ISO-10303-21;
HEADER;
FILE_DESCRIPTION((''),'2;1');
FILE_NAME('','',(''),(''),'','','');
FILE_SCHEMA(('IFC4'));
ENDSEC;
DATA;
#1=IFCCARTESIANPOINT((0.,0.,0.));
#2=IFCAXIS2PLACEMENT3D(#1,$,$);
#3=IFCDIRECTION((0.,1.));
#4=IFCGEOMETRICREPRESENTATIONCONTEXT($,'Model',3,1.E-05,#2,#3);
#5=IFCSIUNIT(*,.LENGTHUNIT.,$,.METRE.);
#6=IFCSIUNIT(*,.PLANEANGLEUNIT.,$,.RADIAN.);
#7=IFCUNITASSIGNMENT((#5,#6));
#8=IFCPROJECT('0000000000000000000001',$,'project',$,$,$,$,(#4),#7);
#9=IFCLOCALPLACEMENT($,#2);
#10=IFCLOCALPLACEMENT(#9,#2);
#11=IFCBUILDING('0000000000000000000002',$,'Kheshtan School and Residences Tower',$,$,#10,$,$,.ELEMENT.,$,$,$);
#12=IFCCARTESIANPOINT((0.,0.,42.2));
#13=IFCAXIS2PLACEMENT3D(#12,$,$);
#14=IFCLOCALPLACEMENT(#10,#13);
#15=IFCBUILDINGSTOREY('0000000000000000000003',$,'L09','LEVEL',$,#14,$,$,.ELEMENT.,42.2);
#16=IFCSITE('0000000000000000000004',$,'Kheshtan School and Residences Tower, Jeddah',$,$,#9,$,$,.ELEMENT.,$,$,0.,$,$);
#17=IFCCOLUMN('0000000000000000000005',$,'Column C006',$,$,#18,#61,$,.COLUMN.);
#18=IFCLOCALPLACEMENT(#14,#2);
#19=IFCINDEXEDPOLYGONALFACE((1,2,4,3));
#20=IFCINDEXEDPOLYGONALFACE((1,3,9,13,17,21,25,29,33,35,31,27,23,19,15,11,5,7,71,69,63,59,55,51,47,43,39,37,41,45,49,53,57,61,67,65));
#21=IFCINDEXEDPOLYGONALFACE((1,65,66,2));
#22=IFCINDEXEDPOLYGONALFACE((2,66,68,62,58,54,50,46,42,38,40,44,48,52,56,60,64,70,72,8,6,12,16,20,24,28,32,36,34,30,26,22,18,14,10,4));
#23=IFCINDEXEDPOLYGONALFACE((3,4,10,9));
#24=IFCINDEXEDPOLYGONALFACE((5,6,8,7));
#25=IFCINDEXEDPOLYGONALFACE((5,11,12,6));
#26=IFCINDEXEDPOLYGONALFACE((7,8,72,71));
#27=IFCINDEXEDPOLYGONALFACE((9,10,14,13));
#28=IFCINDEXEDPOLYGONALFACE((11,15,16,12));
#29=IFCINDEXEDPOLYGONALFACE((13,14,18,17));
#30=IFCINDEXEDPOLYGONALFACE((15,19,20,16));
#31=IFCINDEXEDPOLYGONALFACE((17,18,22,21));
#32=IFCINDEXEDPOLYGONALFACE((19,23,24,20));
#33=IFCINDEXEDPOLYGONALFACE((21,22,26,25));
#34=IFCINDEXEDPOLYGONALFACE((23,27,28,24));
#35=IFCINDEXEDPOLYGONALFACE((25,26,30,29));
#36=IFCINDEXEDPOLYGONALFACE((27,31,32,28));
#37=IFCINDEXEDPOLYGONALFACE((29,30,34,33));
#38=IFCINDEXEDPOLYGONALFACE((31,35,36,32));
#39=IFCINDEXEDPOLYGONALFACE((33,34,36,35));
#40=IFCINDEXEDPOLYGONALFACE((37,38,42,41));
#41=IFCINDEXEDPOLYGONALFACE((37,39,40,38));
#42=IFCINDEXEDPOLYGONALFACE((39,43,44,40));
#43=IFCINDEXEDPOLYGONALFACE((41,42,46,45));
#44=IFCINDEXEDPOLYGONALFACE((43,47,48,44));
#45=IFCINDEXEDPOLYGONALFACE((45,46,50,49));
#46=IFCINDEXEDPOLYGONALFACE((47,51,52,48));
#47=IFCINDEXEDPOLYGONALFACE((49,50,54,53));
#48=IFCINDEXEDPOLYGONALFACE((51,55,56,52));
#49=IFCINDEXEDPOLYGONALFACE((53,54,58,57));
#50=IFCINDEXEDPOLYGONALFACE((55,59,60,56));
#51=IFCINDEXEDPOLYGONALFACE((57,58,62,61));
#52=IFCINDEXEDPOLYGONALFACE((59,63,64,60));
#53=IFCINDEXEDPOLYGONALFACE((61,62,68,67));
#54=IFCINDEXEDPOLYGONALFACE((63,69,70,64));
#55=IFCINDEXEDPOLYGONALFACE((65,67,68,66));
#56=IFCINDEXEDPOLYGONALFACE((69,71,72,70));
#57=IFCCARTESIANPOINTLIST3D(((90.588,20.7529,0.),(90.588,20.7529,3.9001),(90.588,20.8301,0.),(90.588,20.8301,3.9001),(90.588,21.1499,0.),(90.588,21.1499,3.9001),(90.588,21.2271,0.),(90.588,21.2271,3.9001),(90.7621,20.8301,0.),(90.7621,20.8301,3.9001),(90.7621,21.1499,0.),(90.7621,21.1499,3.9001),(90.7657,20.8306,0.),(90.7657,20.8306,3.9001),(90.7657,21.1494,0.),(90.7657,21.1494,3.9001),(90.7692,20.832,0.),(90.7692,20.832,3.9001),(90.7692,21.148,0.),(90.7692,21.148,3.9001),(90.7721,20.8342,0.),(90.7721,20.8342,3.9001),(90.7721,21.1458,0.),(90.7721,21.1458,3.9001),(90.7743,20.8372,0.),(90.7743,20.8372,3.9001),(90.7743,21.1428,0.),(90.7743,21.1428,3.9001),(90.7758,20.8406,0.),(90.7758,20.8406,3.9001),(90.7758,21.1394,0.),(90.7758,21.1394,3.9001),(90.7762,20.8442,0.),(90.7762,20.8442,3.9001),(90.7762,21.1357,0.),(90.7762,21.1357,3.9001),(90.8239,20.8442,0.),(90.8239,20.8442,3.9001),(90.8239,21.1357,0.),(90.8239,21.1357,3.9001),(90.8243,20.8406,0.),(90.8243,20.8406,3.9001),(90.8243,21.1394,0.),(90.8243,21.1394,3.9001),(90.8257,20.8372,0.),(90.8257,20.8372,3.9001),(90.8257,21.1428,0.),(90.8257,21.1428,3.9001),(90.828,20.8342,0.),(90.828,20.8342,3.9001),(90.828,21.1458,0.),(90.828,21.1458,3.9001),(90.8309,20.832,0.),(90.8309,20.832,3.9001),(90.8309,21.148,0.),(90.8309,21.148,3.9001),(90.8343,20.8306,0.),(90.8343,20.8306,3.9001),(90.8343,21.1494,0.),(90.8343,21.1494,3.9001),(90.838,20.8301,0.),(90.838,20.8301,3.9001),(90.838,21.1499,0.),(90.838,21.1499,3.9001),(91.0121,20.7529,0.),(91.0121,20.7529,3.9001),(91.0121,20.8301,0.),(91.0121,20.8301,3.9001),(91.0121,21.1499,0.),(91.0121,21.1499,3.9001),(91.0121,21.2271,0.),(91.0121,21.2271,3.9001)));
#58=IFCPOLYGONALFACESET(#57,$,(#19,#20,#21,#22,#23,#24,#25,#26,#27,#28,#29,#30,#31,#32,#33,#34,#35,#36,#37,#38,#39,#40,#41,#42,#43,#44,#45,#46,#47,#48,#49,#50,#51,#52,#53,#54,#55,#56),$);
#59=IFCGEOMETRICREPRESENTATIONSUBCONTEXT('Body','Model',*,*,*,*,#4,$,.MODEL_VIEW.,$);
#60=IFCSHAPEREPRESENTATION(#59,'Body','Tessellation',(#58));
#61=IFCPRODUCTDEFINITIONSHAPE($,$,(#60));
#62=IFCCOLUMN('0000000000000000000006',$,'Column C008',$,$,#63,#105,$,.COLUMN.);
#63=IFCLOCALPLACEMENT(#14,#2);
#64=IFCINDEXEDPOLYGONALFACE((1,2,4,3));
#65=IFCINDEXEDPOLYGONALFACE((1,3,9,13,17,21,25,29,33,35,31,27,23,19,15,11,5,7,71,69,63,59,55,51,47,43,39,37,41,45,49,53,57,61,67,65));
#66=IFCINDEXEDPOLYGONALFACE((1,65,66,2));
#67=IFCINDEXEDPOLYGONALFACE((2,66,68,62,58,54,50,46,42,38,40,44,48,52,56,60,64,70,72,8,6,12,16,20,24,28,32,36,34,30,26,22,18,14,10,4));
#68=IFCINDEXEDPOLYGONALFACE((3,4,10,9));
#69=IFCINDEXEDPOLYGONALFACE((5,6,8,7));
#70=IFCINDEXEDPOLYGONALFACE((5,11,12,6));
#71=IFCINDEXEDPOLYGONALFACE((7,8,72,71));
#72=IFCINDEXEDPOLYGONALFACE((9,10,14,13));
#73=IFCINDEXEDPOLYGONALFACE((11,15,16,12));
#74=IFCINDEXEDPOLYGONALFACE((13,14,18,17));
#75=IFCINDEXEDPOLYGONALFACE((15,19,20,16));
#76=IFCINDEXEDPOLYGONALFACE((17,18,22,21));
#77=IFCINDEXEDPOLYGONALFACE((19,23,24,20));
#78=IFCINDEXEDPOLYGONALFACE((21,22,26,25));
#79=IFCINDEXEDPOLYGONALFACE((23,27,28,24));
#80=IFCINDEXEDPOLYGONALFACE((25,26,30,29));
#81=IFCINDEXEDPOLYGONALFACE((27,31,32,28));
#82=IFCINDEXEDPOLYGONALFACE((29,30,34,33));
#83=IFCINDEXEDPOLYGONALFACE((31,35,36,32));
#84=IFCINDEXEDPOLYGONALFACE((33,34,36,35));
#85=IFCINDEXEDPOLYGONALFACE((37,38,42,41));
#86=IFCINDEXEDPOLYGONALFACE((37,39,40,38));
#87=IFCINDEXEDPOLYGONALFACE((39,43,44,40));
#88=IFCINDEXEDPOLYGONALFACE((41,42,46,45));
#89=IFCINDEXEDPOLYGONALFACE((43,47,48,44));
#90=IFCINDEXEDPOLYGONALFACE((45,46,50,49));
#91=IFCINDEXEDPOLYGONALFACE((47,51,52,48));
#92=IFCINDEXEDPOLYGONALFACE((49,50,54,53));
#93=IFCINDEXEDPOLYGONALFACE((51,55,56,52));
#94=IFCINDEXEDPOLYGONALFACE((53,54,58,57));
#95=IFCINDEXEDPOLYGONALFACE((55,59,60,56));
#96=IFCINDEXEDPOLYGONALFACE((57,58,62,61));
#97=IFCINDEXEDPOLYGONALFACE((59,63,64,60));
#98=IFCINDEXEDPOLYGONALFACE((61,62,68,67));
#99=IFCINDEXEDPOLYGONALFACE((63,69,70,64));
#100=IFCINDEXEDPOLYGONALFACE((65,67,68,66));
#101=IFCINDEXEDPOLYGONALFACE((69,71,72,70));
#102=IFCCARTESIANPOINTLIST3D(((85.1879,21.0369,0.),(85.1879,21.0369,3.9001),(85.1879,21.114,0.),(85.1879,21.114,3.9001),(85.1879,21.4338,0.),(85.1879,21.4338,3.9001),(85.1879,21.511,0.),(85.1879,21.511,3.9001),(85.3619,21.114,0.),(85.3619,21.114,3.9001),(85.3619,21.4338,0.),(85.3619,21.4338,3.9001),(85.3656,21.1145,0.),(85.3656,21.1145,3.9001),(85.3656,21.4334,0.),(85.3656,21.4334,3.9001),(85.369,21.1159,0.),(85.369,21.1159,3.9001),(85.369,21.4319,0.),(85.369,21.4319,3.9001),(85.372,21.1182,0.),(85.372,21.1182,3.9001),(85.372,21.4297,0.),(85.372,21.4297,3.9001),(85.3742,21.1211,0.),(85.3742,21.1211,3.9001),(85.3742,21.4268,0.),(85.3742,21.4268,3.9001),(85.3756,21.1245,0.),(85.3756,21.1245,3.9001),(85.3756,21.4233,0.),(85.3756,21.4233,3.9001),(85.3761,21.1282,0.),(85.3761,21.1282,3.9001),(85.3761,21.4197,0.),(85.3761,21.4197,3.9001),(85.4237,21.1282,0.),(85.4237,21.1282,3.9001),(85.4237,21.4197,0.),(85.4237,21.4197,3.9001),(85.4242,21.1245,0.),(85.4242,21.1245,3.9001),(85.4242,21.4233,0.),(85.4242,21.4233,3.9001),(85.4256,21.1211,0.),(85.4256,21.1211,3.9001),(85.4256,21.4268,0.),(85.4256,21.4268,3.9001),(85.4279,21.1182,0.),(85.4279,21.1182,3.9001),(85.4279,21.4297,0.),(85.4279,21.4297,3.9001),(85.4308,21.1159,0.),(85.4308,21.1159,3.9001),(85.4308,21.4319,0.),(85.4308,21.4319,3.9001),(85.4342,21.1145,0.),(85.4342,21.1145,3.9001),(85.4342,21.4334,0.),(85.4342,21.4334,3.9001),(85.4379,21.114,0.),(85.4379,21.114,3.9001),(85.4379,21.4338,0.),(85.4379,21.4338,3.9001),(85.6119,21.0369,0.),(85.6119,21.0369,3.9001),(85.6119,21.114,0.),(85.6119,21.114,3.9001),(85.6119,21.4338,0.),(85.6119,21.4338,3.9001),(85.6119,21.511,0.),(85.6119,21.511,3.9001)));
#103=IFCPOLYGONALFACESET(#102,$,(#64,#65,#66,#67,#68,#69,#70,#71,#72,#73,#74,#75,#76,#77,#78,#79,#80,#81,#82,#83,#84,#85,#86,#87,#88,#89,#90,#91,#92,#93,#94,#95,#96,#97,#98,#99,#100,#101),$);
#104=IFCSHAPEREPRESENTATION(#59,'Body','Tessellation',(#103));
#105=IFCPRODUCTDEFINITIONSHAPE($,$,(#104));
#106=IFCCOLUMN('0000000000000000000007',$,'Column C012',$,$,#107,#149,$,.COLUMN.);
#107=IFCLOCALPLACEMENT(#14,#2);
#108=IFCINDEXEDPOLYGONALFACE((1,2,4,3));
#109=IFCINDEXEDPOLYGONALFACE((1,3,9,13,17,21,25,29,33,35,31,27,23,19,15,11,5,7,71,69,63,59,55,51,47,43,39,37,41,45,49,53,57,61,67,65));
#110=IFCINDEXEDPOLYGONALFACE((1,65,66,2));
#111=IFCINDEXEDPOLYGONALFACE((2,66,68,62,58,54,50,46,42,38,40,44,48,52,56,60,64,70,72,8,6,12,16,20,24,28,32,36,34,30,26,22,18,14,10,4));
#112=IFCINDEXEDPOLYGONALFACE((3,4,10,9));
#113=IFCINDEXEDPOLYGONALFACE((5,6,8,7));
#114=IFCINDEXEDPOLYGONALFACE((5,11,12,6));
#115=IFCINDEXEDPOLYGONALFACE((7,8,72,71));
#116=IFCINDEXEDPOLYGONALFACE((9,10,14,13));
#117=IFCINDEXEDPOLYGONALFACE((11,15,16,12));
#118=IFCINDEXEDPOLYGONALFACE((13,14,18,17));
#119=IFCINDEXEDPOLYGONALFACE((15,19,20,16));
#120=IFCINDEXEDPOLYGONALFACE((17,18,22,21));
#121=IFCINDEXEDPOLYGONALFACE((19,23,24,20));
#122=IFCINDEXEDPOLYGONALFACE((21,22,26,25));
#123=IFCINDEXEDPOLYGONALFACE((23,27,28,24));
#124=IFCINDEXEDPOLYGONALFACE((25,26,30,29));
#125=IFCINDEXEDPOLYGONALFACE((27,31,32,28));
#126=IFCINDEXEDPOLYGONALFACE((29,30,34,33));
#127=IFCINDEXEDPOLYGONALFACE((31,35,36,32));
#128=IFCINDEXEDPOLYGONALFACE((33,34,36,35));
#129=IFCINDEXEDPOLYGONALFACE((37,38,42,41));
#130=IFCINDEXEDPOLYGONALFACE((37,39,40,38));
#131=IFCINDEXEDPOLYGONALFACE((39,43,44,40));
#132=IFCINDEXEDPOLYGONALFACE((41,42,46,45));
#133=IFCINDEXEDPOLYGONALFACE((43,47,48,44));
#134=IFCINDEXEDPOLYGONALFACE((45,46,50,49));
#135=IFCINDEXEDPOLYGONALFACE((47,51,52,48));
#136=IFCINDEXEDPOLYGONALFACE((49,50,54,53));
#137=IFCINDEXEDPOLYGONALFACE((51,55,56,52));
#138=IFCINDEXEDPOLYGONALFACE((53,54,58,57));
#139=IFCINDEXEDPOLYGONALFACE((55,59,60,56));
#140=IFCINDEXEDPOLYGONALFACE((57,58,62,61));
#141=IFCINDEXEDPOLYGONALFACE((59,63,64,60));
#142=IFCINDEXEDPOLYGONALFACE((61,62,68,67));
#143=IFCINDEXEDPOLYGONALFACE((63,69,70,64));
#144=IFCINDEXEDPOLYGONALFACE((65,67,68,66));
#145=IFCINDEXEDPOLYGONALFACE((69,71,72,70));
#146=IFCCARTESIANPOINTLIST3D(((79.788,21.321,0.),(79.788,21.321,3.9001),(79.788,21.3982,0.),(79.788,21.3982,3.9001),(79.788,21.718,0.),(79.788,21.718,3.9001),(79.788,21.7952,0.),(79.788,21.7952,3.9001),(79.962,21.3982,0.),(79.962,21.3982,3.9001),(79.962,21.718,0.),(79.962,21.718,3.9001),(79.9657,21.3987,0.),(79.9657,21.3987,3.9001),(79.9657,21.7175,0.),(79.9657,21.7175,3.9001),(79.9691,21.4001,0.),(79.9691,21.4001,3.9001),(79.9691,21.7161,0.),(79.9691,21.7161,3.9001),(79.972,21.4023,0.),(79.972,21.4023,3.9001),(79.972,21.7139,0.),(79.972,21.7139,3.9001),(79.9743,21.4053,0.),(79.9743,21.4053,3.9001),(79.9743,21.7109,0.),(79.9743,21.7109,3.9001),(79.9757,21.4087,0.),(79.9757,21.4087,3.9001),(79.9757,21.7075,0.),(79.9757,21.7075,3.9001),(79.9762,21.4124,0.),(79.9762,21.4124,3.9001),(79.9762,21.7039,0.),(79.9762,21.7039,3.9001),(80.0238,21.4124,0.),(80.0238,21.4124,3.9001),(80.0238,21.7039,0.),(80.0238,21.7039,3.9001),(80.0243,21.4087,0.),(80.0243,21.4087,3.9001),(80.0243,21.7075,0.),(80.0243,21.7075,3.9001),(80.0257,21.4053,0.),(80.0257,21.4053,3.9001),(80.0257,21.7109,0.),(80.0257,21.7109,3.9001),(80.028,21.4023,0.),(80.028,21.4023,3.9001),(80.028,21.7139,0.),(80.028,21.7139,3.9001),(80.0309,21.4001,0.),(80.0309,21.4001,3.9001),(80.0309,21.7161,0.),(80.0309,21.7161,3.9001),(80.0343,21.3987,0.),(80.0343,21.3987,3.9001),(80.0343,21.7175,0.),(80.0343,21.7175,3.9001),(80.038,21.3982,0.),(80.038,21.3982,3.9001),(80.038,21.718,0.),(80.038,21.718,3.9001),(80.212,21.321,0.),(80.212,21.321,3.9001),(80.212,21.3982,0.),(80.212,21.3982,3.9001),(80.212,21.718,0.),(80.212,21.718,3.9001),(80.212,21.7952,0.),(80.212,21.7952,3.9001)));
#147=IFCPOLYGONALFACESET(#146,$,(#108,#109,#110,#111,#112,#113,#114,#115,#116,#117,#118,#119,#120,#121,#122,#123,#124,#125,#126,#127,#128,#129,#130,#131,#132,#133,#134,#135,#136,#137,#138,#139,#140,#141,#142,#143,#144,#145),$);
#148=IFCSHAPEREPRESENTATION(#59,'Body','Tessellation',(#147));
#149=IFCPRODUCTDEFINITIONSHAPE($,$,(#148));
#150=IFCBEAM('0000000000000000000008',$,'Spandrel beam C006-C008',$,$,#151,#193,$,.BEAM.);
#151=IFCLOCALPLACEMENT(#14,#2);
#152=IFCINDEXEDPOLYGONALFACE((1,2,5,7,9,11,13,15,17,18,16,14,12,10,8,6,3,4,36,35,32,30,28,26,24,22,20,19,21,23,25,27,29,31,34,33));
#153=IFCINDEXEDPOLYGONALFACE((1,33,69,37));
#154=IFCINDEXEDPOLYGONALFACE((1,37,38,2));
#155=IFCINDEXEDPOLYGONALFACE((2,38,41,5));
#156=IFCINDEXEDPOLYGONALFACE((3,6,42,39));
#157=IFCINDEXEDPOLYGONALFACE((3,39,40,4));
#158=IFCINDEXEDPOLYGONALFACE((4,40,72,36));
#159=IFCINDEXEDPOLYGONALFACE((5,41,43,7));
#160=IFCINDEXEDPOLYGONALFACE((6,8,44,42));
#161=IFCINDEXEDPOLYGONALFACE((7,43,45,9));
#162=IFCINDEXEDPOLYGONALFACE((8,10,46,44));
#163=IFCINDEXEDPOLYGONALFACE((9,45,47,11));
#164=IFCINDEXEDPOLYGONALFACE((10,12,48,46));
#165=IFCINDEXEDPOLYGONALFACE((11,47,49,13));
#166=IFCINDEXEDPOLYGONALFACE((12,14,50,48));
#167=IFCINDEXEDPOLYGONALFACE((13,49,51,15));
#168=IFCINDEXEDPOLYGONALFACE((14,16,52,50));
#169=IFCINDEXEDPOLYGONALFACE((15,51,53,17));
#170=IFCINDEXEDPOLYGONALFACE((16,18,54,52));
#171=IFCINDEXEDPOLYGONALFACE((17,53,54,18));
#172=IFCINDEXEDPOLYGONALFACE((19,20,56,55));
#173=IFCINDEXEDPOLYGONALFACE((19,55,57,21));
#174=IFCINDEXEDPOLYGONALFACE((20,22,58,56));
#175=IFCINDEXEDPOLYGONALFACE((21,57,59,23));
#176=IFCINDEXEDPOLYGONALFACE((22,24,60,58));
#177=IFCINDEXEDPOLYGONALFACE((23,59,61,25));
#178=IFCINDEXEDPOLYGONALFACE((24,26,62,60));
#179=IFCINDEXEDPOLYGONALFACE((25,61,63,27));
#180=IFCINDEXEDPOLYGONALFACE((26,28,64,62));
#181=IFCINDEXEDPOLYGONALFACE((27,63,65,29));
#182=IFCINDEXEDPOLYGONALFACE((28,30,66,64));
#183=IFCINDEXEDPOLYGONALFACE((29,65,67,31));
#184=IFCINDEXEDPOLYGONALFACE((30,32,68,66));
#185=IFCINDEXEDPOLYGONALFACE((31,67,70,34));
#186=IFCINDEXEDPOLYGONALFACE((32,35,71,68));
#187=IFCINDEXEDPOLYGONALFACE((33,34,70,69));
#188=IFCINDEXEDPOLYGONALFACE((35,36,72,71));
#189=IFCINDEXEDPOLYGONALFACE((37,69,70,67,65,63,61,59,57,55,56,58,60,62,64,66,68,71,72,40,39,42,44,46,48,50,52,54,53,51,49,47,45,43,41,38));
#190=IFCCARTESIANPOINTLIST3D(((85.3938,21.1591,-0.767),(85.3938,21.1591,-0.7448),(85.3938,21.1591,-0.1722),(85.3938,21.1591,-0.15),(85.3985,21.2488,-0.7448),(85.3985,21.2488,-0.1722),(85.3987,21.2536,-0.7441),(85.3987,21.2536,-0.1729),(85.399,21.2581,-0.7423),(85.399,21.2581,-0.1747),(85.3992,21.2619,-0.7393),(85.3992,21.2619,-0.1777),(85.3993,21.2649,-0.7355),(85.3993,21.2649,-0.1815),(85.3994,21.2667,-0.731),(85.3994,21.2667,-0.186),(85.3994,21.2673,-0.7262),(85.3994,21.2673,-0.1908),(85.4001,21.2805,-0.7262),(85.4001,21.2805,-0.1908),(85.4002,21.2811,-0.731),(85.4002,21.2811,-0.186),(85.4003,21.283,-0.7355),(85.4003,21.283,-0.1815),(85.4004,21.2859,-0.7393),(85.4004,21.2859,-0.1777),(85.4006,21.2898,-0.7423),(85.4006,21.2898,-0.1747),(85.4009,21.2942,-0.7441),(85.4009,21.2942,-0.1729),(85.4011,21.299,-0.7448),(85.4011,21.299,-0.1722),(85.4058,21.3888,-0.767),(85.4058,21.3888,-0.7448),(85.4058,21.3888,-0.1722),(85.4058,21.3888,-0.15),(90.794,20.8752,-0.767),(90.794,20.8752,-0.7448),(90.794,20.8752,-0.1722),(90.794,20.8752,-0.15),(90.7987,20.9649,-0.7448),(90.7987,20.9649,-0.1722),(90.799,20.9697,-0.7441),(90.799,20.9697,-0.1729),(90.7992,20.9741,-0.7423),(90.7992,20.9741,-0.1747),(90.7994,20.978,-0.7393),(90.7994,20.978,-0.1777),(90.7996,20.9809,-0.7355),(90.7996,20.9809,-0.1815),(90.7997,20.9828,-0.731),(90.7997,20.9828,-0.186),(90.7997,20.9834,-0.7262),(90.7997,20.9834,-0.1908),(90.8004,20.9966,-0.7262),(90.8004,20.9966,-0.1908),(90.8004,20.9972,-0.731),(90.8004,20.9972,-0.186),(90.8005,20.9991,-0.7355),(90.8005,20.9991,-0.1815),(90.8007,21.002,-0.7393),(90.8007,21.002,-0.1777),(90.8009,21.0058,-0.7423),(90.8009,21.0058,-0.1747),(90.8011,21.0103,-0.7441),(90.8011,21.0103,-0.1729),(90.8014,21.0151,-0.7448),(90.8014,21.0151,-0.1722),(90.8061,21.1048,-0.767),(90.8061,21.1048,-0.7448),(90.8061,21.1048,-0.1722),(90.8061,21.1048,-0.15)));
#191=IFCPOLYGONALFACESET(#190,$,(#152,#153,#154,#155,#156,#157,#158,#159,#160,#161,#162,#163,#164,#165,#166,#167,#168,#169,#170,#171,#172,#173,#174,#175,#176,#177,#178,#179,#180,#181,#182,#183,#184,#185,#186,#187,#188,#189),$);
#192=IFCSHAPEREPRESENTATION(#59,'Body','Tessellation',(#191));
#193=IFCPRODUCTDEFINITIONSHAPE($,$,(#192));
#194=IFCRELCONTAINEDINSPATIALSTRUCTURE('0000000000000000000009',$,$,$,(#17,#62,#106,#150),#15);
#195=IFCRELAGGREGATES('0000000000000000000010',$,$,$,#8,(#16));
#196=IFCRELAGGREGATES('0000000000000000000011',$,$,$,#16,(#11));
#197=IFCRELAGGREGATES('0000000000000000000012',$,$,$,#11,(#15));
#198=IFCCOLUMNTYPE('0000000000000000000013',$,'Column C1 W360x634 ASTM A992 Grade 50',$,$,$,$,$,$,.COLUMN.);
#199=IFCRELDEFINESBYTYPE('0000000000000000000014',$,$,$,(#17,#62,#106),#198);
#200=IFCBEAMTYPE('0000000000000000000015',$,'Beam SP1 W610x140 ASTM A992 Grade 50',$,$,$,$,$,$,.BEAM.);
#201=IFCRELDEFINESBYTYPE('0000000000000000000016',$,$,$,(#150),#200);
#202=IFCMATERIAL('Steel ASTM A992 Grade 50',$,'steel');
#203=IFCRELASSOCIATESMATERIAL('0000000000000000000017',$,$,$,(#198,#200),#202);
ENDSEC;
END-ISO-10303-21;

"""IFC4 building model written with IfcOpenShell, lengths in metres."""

from ifc_helpers import new_model, si_unit, direction, frame, origin, origin_2d, place, context, subcontext, project, spatial, i_section, extrude, material, material_profile, profile_set, type_object, element, save


model = new_model("IFC4")

# Units and contexts
model_context = context("Model", 3, precision=1e-05, world=origin(), true_north=direction((0.0, 1.0)))
body_context = subcontext(model_context, "Body", "Model", "MODEL_VIEW")
ifc_project = project(units=[si_unit("LENGTHUNIT", "METRE"), si_unit("PLANEANGLEUNIT", "RADIAN")], contexts=[model_context])

# Site, building, storey
site_placement = place(None, origin())
site = spatial("IfcSite", under=ifc_project, at=site_placement, Name="Kheshtan School and Residences Tower, Jeddah", CompositionType="ELEMENT", RefElevation=0.0)
building_placement = place(site_placement, origin())
building = spatial("IfcBuilding", under=site, at=building_placement, Name="Kheshtan School and Residences Tower", CompositionType="ELEMENT")
storey_placement = place(building_placement, frame((0.0, 0.0, 42.2)))
storey = spatial("IfcBuildingStorey", under=building, at=storey_placement, Name="L09", Description="LEVEL", CompositionType="ELEMENT", Elevation=42.2)

# Columns
ifc_material_1 = material(Name="Steel ASTM A992 Grade 50", Category="steel")
ifc_material_profile_1 = material_profile(ifc_material_1, i_section(OverallWidth=0.4241, OverallDepth=0.4741, WebThickness=0.0476, FlangeThickness=0.0771, FilletRadius=0.0142, at=origin_2d()), Name="W360x634")
ifc_profile_set_1 = profile_set([ifc_material_profile_1], Name="Steel ASTM A992 Grade 50")
column_type = type_object("IfcColumnType", Name="Column C1 W360x634 ASTM A992 Grade 50", PredefinedType="COLUMN", material=ifc_profile_set_1)
for number, where, z_axis, x_axis, name in (
    (1, (90.8, 20.99, 0.0), (0.0, 0.0, 1.0), (1.0, 0.0, 0.0), "Column C006"),
    (2, (85.3999, 21.2739, 0.0), (0.0, 0.0, 1.0), (1.0, 0.0, 0.0), "Column C008"),
    (3, (80.0, 21.5581, 0.0), (0.0, 0.0, 1.0), (1.0, 0.0, 0.0), "Column C012"),
):
    element("IfcColumn", number, at=place(storey_placement, frame(where, z_axis=z_axis, x_axis=x_axis)), inside=storey, type_object=column_type, Name=name, PredefinedType="COLUMN", context=body_context, shape_type="SweptSolid", body=[
        extrude(i_section(OverallWidth=0.4241, OverallDepth=0.4741, WebThickness=0.0476, FlangeThickness=0.0771, FilletRadius=0.0142, at=origin_2d()), origin(), (0.0, 0.0, 1.0), 3.9001),
    ])

# Beam
ifc_material_profile_2 = material_profile(ifc_material_1, i_section(OverallWidth=0.23, OverallDepth=0.6169, WebThickness=0.0132, FlangeThickness=0.0222, FilletRadius=0.0186, at=origin_2d()), Name="W610x140")
ifc_profile_set_2 = profile_set([ifc_material_profile_2], Name="Steel ASTM A992 Grade 50")
beam_type = type_object("IfcBeamType", Name="Beam SP1 W610x140 ASTM A992 Grade 50", PredefinedType="BEAM", material=ifc_profile_set_2)
beam_placement = place(storey_placement, frame((90.8, 20.99, -0.4585), z_axis=(-0.998621, 0.052507, 0.0), x_axis=(-0.052507, -0.998621, 0.0)))
element("IfcBeam", 4, at=beam_placement, inside=storey, type_object=beam_type, Name="Spandrel beam C006-C008", PredefinedType="BEAM", context=body_context, shape_type="SweptSolid", body=[
    extrude(i_section(OverallWidth=0.23, OverallDepth=0.6169, WebThickness=0.0132, FlangeThickness=0.0222, FilletRadius=0.0186, at=origin_2d()), origin(), (0.0, 0.0, 1.0), 5.4077),
])

save(model, "model.ifc")
